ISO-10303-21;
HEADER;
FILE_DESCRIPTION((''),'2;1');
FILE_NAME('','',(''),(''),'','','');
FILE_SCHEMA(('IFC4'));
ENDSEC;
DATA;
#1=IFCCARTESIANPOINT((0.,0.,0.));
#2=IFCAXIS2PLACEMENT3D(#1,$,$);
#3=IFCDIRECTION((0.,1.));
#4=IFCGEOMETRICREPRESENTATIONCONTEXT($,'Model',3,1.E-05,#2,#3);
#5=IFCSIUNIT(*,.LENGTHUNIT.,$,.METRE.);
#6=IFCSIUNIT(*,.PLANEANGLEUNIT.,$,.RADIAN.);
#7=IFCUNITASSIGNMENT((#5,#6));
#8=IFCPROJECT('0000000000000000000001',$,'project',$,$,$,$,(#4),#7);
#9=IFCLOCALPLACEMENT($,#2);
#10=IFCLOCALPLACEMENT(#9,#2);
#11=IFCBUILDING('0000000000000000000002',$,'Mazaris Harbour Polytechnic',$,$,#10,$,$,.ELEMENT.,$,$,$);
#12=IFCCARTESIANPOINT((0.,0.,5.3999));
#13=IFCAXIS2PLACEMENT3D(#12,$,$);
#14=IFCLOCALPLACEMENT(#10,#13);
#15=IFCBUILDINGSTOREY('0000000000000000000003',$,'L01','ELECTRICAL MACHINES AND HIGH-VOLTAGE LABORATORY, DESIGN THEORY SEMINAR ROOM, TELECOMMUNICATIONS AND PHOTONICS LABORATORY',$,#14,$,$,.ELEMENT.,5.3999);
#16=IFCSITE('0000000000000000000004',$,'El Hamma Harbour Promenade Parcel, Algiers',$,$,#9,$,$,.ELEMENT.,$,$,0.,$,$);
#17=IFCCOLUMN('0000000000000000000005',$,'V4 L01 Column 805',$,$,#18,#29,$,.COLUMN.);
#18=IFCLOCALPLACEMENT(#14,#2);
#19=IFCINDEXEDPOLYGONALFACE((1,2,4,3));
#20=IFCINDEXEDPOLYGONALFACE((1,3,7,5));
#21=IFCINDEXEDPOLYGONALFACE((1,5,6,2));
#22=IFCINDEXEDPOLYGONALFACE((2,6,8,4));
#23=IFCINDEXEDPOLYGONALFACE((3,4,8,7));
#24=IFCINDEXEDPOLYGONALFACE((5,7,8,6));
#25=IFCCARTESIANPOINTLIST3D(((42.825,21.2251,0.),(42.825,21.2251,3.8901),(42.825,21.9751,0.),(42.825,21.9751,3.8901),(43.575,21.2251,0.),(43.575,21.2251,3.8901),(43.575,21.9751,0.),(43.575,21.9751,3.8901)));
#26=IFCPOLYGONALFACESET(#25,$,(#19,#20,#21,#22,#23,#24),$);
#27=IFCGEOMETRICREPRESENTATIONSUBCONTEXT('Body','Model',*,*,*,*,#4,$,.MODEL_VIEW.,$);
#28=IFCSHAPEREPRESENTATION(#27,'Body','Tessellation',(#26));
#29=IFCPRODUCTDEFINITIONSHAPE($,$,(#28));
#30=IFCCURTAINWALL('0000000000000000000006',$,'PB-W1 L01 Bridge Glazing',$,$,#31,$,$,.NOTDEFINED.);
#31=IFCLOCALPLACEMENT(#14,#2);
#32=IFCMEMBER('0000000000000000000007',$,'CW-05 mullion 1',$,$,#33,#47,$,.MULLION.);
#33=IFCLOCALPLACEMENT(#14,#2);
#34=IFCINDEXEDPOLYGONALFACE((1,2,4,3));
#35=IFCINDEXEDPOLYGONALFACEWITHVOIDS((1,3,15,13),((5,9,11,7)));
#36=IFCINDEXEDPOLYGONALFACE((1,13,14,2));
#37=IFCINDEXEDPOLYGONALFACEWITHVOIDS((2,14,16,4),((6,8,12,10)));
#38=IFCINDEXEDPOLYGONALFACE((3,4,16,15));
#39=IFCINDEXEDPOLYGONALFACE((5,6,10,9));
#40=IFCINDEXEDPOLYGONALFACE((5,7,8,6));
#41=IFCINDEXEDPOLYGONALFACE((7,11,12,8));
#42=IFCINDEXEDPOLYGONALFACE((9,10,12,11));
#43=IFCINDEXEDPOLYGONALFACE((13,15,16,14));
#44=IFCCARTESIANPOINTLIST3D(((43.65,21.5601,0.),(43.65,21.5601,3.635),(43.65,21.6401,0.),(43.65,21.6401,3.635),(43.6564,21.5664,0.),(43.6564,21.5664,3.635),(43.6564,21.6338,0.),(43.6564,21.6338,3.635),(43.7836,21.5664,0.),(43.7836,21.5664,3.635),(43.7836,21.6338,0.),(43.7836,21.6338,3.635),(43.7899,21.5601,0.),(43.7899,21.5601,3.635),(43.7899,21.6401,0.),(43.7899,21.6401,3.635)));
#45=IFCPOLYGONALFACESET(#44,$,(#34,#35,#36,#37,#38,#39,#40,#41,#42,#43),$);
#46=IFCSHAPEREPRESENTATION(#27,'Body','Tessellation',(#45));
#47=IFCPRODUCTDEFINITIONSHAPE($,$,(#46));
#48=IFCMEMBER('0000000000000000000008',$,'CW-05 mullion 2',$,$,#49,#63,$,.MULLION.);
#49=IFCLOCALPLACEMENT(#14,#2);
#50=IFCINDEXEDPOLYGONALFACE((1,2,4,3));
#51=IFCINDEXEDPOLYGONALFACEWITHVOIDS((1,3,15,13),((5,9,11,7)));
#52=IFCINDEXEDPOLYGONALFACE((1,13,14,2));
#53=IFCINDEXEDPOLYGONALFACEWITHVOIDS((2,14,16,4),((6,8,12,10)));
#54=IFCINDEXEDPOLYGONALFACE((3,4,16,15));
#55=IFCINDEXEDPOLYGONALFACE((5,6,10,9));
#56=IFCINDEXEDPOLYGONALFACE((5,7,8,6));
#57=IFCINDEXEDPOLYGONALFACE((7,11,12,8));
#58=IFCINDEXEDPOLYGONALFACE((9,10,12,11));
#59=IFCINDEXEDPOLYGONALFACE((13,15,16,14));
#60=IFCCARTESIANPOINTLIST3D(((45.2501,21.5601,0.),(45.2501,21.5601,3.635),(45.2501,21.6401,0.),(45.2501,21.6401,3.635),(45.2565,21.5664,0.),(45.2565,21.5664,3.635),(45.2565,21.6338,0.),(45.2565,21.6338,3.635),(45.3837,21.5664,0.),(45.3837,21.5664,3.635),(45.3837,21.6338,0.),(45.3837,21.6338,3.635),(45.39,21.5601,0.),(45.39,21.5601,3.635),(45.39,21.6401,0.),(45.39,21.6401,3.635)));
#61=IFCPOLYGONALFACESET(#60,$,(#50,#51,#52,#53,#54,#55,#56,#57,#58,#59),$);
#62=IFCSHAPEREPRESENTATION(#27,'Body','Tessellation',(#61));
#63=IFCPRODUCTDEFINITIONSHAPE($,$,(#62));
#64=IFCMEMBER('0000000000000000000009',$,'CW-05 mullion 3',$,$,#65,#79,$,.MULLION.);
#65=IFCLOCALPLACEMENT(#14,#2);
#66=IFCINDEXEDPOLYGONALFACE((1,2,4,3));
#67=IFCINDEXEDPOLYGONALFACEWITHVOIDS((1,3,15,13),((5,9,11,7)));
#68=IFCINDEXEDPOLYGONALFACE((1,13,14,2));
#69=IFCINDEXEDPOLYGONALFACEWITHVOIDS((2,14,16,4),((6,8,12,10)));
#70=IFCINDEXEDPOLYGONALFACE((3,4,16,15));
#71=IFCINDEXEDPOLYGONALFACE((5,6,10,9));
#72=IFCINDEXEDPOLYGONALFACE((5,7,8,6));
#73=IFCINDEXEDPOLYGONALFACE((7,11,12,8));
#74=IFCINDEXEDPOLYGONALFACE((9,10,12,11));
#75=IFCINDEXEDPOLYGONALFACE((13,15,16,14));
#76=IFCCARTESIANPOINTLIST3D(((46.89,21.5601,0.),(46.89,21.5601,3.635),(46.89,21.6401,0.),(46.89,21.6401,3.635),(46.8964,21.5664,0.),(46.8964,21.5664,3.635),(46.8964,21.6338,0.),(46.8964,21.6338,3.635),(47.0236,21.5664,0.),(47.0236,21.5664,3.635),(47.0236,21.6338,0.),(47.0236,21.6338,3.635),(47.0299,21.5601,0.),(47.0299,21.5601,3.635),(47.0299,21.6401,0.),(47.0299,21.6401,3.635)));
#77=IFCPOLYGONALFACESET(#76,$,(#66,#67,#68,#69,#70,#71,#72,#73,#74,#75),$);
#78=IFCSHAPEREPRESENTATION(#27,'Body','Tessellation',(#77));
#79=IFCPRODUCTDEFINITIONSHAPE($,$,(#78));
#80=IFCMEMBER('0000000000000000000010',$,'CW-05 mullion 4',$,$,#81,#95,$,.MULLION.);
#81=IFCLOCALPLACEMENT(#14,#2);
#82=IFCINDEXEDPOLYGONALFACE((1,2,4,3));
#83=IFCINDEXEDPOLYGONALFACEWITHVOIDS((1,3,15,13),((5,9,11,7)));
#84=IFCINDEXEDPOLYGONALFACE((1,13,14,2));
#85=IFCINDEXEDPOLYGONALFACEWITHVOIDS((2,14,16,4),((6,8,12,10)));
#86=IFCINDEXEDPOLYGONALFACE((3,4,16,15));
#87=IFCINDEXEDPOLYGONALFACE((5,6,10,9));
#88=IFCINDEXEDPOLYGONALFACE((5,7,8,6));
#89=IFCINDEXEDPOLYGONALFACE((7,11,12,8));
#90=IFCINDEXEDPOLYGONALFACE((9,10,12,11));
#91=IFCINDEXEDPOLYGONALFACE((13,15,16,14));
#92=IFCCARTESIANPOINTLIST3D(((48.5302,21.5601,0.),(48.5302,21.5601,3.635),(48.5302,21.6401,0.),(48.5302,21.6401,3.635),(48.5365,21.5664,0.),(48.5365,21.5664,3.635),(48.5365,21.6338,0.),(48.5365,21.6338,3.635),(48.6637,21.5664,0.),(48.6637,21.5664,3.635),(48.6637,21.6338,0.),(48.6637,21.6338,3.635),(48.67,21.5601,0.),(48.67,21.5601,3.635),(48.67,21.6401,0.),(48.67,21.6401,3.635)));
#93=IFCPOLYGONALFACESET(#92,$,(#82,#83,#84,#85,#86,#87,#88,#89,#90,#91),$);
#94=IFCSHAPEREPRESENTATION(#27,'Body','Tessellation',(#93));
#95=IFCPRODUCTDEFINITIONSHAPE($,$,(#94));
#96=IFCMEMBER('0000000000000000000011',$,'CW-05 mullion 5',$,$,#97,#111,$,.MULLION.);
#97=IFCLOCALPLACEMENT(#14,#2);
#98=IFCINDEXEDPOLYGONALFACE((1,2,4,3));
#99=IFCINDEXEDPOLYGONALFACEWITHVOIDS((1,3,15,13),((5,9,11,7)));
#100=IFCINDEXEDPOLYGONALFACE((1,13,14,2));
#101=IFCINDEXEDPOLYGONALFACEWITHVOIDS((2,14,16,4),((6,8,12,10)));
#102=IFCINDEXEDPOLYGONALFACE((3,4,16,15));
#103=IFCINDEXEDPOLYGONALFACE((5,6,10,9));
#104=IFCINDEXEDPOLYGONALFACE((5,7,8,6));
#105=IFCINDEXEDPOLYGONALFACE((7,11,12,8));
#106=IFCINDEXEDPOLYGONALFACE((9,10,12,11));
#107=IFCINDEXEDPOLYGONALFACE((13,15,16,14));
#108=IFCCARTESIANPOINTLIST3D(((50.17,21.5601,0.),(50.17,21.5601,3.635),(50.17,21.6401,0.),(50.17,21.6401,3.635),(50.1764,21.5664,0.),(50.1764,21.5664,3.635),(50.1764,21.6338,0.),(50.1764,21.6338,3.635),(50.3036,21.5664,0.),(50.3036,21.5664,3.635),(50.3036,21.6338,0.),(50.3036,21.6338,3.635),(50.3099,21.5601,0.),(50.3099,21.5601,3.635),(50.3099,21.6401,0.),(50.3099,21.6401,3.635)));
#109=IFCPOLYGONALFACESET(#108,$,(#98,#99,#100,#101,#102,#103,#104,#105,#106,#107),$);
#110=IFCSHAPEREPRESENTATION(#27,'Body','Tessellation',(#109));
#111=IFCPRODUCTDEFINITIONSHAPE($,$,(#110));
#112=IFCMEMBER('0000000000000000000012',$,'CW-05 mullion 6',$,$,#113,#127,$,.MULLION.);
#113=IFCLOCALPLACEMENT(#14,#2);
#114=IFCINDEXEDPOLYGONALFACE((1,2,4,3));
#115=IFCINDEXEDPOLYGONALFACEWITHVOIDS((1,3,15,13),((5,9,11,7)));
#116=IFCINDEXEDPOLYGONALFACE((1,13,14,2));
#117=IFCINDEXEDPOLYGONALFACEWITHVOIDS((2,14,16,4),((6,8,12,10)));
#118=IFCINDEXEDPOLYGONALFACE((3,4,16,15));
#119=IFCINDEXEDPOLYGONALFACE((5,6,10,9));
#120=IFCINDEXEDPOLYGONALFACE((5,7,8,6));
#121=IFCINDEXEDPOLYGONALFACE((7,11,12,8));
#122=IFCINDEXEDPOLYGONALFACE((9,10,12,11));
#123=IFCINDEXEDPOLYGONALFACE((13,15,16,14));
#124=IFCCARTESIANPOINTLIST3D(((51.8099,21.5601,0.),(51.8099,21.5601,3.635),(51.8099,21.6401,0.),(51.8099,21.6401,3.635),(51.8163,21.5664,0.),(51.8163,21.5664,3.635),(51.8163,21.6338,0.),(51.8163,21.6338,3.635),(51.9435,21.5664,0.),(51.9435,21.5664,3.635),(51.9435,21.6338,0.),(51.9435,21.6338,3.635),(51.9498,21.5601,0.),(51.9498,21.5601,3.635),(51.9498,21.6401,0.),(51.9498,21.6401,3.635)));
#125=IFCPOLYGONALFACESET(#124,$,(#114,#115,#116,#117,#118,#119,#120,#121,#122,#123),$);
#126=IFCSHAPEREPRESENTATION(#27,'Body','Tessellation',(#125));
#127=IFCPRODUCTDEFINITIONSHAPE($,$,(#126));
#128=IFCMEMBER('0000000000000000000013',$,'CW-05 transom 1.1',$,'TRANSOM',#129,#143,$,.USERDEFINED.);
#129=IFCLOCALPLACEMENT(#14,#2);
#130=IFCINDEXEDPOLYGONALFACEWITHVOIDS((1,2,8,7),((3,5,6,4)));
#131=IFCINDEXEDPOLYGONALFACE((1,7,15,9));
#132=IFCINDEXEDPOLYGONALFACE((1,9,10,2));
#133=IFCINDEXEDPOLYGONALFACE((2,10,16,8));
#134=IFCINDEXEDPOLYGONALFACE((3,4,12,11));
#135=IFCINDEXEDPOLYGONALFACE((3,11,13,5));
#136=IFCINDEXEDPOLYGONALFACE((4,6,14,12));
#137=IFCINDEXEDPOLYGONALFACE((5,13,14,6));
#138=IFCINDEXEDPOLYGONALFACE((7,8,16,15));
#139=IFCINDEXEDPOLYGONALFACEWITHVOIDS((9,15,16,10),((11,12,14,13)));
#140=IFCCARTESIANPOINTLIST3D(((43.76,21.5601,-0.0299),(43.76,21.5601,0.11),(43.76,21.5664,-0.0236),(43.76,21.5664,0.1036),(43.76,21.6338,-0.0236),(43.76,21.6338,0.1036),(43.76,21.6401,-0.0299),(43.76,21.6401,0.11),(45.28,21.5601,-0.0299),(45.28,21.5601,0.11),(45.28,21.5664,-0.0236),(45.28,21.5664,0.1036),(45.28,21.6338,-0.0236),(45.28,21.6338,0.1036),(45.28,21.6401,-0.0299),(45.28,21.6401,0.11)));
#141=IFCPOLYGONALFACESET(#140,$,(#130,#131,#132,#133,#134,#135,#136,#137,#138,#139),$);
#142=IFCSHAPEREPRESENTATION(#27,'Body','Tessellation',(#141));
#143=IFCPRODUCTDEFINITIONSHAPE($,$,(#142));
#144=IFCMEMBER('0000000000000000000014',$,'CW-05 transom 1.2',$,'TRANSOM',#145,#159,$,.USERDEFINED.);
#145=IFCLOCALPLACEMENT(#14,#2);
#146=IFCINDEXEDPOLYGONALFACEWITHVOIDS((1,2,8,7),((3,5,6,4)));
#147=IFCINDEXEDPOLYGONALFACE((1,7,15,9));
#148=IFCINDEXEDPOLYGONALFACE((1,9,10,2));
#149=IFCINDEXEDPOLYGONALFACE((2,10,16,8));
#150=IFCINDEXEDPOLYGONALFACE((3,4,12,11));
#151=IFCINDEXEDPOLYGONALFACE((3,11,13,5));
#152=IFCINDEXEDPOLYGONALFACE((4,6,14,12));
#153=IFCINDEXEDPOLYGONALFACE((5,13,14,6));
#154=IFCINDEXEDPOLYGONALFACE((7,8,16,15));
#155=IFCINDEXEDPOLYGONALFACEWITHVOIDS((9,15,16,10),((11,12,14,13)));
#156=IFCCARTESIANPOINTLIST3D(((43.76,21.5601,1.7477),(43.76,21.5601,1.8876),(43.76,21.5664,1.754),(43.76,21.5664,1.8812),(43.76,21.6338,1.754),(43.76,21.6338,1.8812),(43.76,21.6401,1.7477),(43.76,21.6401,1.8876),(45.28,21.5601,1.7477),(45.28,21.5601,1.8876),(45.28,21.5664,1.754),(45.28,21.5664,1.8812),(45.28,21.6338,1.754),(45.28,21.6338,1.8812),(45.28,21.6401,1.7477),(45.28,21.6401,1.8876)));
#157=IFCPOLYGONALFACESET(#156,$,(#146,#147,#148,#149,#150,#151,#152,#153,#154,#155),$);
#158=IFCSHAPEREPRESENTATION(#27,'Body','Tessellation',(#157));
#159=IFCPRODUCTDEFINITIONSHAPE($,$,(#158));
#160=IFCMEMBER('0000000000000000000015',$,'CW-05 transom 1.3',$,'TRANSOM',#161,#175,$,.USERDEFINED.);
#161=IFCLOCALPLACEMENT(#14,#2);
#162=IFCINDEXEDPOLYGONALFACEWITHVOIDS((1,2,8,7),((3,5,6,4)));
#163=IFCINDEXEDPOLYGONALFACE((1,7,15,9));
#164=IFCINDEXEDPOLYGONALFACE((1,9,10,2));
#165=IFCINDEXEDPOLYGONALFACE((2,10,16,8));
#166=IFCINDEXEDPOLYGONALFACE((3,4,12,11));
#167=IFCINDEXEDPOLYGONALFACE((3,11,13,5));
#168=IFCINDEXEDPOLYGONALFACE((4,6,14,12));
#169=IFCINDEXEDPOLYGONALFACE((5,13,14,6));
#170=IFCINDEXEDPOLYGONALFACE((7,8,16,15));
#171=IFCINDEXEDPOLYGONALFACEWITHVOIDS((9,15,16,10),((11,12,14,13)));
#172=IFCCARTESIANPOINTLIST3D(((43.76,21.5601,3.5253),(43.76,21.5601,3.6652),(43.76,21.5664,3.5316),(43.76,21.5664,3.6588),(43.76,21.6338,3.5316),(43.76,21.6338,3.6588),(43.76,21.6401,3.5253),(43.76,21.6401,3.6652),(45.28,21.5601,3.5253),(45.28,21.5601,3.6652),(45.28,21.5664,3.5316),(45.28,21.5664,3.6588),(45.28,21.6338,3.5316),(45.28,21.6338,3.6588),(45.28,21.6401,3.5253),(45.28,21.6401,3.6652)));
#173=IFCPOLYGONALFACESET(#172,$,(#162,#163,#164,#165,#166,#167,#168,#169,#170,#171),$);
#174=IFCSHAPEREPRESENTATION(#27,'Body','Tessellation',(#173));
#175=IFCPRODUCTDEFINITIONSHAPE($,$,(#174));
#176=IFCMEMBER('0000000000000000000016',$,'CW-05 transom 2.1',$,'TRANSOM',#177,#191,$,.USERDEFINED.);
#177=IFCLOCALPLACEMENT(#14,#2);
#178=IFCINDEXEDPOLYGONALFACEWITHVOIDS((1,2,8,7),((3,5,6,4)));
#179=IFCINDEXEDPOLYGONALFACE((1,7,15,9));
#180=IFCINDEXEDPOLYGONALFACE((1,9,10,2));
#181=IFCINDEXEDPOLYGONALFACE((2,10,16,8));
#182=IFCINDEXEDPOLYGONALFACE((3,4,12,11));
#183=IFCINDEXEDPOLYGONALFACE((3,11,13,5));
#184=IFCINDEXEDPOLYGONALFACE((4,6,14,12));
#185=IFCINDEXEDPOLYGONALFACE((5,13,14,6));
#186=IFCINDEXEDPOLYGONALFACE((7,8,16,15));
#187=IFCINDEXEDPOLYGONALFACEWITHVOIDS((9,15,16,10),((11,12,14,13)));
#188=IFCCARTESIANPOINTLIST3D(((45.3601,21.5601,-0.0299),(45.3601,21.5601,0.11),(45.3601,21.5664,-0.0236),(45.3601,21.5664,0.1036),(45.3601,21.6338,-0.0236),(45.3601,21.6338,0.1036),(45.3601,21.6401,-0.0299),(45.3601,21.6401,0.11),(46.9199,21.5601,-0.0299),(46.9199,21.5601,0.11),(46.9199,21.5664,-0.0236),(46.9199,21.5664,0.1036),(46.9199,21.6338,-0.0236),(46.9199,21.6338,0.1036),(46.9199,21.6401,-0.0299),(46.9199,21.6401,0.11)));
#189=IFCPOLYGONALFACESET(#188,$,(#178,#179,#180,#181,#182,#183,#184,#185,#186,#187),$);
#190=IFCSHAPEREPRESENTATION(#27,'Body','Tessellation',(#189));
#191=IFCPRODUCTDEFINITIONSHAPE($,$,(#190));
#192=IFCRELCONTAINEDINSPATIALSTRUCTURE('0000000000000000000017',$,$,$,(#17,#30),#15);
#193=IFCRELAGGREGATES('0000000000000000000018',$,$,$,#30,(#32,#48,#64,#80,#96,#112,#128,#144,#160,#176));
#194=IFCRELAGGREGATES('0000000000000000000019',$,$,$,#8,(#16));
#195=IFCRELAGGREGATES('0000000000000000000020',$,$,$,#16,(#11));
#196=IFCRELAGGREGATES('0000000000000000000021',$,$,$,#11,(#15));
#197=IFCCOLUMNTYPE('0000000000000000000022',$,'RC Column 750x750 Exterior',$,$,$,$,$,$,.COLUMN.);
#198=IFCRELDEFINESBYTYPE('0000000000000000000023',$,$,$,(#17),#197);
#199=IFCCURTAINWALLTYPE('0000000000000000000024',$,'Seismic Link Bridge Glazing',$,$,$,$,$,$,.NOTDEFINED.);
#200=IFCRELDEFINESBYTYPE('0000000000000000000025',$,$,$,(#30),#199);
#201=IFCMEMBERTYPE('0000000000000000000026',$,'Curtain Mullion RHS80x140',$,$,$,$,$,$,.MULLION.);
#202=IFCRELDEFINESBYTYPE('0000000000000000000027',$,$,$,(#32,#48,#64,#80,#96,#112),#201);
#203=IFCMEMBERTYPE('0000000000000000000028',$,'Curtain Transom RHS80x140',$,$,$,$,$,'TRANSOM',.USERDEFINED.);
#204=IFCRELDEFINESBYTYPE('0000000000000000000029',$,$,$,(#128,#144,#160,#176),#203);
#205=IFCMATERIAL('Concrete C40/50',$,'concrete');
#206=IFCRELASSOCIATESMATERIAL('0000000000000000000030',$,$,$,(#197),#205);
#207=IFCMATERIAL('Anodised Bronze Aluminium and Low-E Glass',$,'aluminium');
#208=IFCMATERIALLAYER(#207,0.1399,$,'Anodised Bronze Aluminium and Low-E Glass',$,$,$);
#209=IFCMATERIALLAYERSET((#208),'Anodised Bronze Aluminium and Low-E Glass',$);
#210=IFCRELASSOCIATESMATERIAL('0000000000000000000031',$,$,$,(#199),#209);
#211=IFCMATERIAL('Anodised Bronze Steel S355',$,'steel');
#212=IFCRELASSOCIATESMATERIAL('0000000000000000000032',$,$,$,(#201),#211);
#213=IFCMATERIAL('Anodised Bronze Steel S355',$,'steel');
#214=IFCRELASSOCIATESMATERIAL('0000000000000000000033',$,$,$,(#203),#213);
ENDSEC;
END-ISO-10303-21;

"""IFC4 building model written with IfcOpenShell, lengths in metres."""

from ifc_helpers import new_model, si_unit, direction, frame, origin, origin_2d, place, context, subcontext, project, spatial, rectangle, hollow_rectangle, extrude, material, layer, layer_set, material_profile, profile_set, type_object, element, aggregate, save


model = new_model("IFC4")

# Units and contexts
model_context = context("Model", 3, precision=1e-05, world=origin(), true_north=direction((0.0, 1.0)))
body_context = subcontext(model_context, "Body", "Model", "MODEL_VIEW")
ifc_project = project(units=[si_unit("LENGTHUNIT", "METRE"), si_unit("PLANEANGLEUNIT", "RADIAN")], contexts=[model_context])

# Site, building, storey
site_placement = place(None, origin())
site = spatial("IfcSite", under=ifc_project, at=site_placement, Name="El Hamma Harbour Promenade Parcel, Algiers", CompositionType="ELEMENT", RefElevation=0.0)
building_placement = place(site_placement, origin())
building = spatial("IfcBuilding", under=site, at=building_placement, Name="Mazaris Harbour Polytechnic", CompositionType="ELEMENT")
storey_placement = place(building_placement, frame((0.0, 0.0, 5.3999)))
storey = spatial("IfcBuildingStorey", under=building, at=storey_placement, Name="L01", Description="ELECTRICAL MACHINES AND HIGH-VOLTAGE LABORATORY, DESIGN THEORY SEMINAR ROOM, TELECOMMUNICATIONS AND PHOTONICS LABORATORY", CompositionType="ELEMENT", Elevation=5.3999)

# Column
ifc_material_1 = material(Name="Concrete C40/50", Category="concrete")
ifc_material_profile_1 = material_profile(ifc_material_1, rectangle(XDim=0.75, YDim=0.75, at=origin_2d()), Name="RECT750x750")
ifc_profile_set_1 = profile_set([ifc_material_profile_1], Name="Concrete C40/50")
column_type = type_object("IfcColumnType", Name="RC Column 750x750 Exterior", PredefinedType="COLUMN", material=ifc_profile_set_1)
column_placement = place(storey_placement, frame((43.2, 21.6001, 0.0), z_axis=(0.0, 0.0, 1.0), x_axis=(1.0, 0.0, 0.0)))
element("IfcColumn", 1, at=column_placement, inside=storey, type_object=column_type, Name="V4 L01 Column 805", PredefinedType="COLUMN", context=body_context, shape_type="SweptSolid", body=[
    extrude(rectangle(XDim=0.75, YDim=0.75, at=origin_2d()), origin(), (0.0, 0.0, 1.0), 3.8901),
])

# Curtain wall, members
ifc_material_2 = material(Name="Anodised Bronze Aluminium and Low-E Glass", Category="aluminium")
ifc_layer_1 = layer(ifc_material_2, 0.1399, Name="Anodised Bronze Aluminium and Low-E Glass")
ifc_layer_set_1 = layer_set([ifc_layer_1], Name="Anodised Bronze Aluminium and Low-E Glass")
curtain_wall_type = type_object("IfcCurtainWallType", Name="Seismic Link Bridge Glazing", PredefinedType="NOTDEFINED", material=ifc_layer_set_1)
curtain_wall_placement = place(storey_placement, origin())
curtain_wall = element("IfcCurtainWall", 2, at=curtain_wall_placement, inside=storey, type_object=curtain_wall_type, Name="PB-W1 L01 Bridge Glazing", PredefinedType="NOTDEFINED")
ifc_material_3 = material(Name="Anodised Bronze Steel S355", Category="steel")
ifc_material_profile_2 = material_profile(ifc_material_3, hollow_rectangle(XDim=0.0801, YDim=0.1399, WallThickness=0.0063, at=origin_2d()), Name="RHS 80x140x6.3")
ifc_profile_set_2 = profile_set([ifc_material_profile_2], Name="Anodised Bronze Steel S355")
member_type_1 = type_object("IfcMemberType", Name="Curtain Mullion RHS80x140", PredefinedType="MULLION", material=ifc_profile_set_2)
member_1_placement = place(storey_placement, frame((43.72, 21.6001, 0.0), z_axis=(0.0, 0.0, 1.0), x_axis=(0.0, 1.0, 0.0)))
member_1 = element("IfcMember", 3, at=member_1_placement, type_object=member_type_1, Name="CW-05 mullion 1", PredefinedType="MULLION", context=body_context, shape_type="SweptSolid", body=[
    extrude(hollow_rectangle(XDim=0.0801, YDim=0.1399, WallThickness=0.0063, at=origin_2d()), origin(), (0.0, 0.0, 1.0), 3.635),
])
member_2_placement = place(storey_placement, frame((45.3201, 21.6001, 0.0), z_axis=(0.0, 0.0, 1.0), x_axis=(0.0, 1.0, 0.0)))
member_2 = element("IfcMember", 4, at=member_2_placement, type_object=member_type_1, Name="CW-05 mullion 2", PredefinedType="MULLION", context=body_context, shape_type="SweptSolid", body=[
    extrude(hollow_rectangle(XDim=0.0801, YDim=0.1399, WallThickness=0.0063, at=origin_2d()), origin(), (0.0, 0.0, 1.0), 3.635),
])
member_3_placement = place(storey_placement, frame((46.96, 21.6001, 0.0), z_axis=(0.0, 0.0, 1.0), x_axis=(0.0, 1.0, 0.0)))
member_3 = element("IfcMember", 5, at=member_3_placement, type_object=member_type_1, Name="CW-05 mullion 3", PredefinedType="MULLION", context=body_context, shape_type="SweptSolid", body=[
    extrude(hollow_rectangle(XDim=0.0801, YDim=0.1399, WallThickness=0.0063, at=origin_2d()), origin(), (0.0, 0.0, 1.0), 3.635),
])
member_4_placement = place(storey_placement, frame((48.6001, 21.6001, 0.0), z_axis=(0.0, 0.0, 1.0), x_axis=(0.0, 1.0, 0.0)))
member_4 = element("IfcMember", 6, at=member_4_placement, type_object=member_type_1, Name="CW-05 mullion 4", PredefinedType="MULLION", context=body_context, shape_type="SweptSolid", body=[
    extrude(hollow_rectangle(XDim=0.0801, YDim=0.1399, WallThickness=0.0063, at=origin_2d()), origin(), (0.0, 0.0, 1.0), 3.635),
])
member_5_placement = place(storey_placement, frame((50.24, 21.6001, 0.0), z_axis=(0.0, 0.0, 1.0), x_axis=(0.0, 1.0, 0.0)))
member_5 = element("IfcMember", 7, at=member_5_placement, type_object=member_type_1, Name="CW-05 mullion 5", PredefinedType="MULLION", context=body_context, shape_type="SweptSolid", body=[
    extrude(hollow_rectangle(XDim=0.0801, YDim=0.1399, WallThickness=0.0063, at=origin_2d()), origin(), (0.0, 0.0, 1.0), 3.635),
])
member_6_placement = place(storey_placement, frame((51.8799, 21.6001, 0.0), z_axis=(0.0, 0.0, 1.0), x_axis=(0.0, 1.0, 0.0)))
member_6 = element("IfcMember", 8, at=member_6_placement, type_object=member_type_1, Name="CW-05 mullion 6", PredefinedType="MULLION", context=body_context, shape_type="SweptSolid", body=[
    extrude(hollow_rectangle(XDim=0.0801, YDim=0.1399, WallThickness=0.0063, at=origin_2d()), origin(), (0.0, 0.0, 1.0), 3.635),
])
ifc_material_4 = material(Name="Anodised Bronze Steel S355", Category="steel")
ifc_material_profile_3 = material_profile(ifc_material_4, hollow_rectangle(XDim=0.0801, YDim=0.1399, WallThickness=0.0063, at=origin_2d()), Name="RHS 80x140x6.3")
ifc_profile_set_3 = profile_set([ifc_material_profile_3], Name="Anodised Bronze Steel S355")
member_type_2 = type_object("IfcMemberType", Name="Curtain Transom RHS80x140", ElementType="TRANSOM", PredefinedType="USERDEFINED", material=ifc_profile_set_3)
member_7_placement = place(storey_placement, frame((43.76, 21.6001, 0.04), z_axis=(1.0, 0.0, 0.0), x_axis=(0.0, 1.0, 0.0)))
member_7 = element("IfcMember", 9, at=member_7_placement, type_object=member_type_2, Name="CW-05 transom 1.1", ObjectType="TRANSOM", PredefinedType="USERDEFINED", context=body_context, shape_type="SweptSolid", body=[
    extrude(hollow_rectangle(XDim=0.0801, YDim=0.1399, WallThickness=0.0063, at=origin_2d()), origin(), (0.0, 0.0, 1.0), 1.52),
])
member_8_placement = place(storey_placement, frame((43.76, 21.6001, 1.8176), z_axis=(1.0, 0.0, 0.0), x_axis=(0.0, 1.0, 0.0)))
member_8 = element("IfcMember", 10, at=member_8_placement, type_object=member_type_2, Name="CW-05 transom 1.2", ObjectType="TRANSOM", PredefinedType="USERDEFINED", context=body_context, shape_type="SweptSolid", body=[
    extrude(hollow_rectangle(XDim=0.0801, YDim=0.1399, WallThickness=0.0063, at=origin_2d()), origin(), (0.0, 0.0, 1.0), 1.52),
])
member_9_placement = place(storey_placement, frame((43.76, 21.6001, 3.5952), z_axis=(1.0, 0.0, 0.0), x_axis=(0.0, 1.0, 0.0)))
member_9 = element("IfcMember", 11, at=member_9_placement, type_object=member_type_2, Name="CW-05 transom 1.3", ObjectType="TRANSOM", PredefinedType="USERDEFINED", context=body_context, shape_type="SweptSolid", body=[
    extrude(hollow_rectangle(XDim=0.0801, YDim=0.1399, WallThickness=0.0063, at=origin_2d()), origin(), (0.0, 0.0, 1.0), 1.52),
])
member_10_placement = place(storey_placement, frame((45.3601, 21.6001, 0.04), z_axis=(1.0, 0.0, 0.0), x_axis=(0.0, 1.0, 0.0)))
member_10 = element("IfcMember", 12, at=member_10_placement, type_object=member_type_2, Name="CW-05 transom 2.1", ObjectType="TRANSOM", PredefinedType="USERDEFINED", context=body_context, shape_type="SweptSolid", body=[
    extrude(hollow_rectangle(XDim=0.0801, YDim=0.1399, WallThickness=0.0063, at=origin_2d()), origin(), (0.0, 0.0, 1.0), 1.5598),
])

aggregate(curtain_wall, [member_1, member_2, member_3, member_4, member_5, member_6, member_7, member_8, member_9, member_10])

save(model, "model.ifc")
